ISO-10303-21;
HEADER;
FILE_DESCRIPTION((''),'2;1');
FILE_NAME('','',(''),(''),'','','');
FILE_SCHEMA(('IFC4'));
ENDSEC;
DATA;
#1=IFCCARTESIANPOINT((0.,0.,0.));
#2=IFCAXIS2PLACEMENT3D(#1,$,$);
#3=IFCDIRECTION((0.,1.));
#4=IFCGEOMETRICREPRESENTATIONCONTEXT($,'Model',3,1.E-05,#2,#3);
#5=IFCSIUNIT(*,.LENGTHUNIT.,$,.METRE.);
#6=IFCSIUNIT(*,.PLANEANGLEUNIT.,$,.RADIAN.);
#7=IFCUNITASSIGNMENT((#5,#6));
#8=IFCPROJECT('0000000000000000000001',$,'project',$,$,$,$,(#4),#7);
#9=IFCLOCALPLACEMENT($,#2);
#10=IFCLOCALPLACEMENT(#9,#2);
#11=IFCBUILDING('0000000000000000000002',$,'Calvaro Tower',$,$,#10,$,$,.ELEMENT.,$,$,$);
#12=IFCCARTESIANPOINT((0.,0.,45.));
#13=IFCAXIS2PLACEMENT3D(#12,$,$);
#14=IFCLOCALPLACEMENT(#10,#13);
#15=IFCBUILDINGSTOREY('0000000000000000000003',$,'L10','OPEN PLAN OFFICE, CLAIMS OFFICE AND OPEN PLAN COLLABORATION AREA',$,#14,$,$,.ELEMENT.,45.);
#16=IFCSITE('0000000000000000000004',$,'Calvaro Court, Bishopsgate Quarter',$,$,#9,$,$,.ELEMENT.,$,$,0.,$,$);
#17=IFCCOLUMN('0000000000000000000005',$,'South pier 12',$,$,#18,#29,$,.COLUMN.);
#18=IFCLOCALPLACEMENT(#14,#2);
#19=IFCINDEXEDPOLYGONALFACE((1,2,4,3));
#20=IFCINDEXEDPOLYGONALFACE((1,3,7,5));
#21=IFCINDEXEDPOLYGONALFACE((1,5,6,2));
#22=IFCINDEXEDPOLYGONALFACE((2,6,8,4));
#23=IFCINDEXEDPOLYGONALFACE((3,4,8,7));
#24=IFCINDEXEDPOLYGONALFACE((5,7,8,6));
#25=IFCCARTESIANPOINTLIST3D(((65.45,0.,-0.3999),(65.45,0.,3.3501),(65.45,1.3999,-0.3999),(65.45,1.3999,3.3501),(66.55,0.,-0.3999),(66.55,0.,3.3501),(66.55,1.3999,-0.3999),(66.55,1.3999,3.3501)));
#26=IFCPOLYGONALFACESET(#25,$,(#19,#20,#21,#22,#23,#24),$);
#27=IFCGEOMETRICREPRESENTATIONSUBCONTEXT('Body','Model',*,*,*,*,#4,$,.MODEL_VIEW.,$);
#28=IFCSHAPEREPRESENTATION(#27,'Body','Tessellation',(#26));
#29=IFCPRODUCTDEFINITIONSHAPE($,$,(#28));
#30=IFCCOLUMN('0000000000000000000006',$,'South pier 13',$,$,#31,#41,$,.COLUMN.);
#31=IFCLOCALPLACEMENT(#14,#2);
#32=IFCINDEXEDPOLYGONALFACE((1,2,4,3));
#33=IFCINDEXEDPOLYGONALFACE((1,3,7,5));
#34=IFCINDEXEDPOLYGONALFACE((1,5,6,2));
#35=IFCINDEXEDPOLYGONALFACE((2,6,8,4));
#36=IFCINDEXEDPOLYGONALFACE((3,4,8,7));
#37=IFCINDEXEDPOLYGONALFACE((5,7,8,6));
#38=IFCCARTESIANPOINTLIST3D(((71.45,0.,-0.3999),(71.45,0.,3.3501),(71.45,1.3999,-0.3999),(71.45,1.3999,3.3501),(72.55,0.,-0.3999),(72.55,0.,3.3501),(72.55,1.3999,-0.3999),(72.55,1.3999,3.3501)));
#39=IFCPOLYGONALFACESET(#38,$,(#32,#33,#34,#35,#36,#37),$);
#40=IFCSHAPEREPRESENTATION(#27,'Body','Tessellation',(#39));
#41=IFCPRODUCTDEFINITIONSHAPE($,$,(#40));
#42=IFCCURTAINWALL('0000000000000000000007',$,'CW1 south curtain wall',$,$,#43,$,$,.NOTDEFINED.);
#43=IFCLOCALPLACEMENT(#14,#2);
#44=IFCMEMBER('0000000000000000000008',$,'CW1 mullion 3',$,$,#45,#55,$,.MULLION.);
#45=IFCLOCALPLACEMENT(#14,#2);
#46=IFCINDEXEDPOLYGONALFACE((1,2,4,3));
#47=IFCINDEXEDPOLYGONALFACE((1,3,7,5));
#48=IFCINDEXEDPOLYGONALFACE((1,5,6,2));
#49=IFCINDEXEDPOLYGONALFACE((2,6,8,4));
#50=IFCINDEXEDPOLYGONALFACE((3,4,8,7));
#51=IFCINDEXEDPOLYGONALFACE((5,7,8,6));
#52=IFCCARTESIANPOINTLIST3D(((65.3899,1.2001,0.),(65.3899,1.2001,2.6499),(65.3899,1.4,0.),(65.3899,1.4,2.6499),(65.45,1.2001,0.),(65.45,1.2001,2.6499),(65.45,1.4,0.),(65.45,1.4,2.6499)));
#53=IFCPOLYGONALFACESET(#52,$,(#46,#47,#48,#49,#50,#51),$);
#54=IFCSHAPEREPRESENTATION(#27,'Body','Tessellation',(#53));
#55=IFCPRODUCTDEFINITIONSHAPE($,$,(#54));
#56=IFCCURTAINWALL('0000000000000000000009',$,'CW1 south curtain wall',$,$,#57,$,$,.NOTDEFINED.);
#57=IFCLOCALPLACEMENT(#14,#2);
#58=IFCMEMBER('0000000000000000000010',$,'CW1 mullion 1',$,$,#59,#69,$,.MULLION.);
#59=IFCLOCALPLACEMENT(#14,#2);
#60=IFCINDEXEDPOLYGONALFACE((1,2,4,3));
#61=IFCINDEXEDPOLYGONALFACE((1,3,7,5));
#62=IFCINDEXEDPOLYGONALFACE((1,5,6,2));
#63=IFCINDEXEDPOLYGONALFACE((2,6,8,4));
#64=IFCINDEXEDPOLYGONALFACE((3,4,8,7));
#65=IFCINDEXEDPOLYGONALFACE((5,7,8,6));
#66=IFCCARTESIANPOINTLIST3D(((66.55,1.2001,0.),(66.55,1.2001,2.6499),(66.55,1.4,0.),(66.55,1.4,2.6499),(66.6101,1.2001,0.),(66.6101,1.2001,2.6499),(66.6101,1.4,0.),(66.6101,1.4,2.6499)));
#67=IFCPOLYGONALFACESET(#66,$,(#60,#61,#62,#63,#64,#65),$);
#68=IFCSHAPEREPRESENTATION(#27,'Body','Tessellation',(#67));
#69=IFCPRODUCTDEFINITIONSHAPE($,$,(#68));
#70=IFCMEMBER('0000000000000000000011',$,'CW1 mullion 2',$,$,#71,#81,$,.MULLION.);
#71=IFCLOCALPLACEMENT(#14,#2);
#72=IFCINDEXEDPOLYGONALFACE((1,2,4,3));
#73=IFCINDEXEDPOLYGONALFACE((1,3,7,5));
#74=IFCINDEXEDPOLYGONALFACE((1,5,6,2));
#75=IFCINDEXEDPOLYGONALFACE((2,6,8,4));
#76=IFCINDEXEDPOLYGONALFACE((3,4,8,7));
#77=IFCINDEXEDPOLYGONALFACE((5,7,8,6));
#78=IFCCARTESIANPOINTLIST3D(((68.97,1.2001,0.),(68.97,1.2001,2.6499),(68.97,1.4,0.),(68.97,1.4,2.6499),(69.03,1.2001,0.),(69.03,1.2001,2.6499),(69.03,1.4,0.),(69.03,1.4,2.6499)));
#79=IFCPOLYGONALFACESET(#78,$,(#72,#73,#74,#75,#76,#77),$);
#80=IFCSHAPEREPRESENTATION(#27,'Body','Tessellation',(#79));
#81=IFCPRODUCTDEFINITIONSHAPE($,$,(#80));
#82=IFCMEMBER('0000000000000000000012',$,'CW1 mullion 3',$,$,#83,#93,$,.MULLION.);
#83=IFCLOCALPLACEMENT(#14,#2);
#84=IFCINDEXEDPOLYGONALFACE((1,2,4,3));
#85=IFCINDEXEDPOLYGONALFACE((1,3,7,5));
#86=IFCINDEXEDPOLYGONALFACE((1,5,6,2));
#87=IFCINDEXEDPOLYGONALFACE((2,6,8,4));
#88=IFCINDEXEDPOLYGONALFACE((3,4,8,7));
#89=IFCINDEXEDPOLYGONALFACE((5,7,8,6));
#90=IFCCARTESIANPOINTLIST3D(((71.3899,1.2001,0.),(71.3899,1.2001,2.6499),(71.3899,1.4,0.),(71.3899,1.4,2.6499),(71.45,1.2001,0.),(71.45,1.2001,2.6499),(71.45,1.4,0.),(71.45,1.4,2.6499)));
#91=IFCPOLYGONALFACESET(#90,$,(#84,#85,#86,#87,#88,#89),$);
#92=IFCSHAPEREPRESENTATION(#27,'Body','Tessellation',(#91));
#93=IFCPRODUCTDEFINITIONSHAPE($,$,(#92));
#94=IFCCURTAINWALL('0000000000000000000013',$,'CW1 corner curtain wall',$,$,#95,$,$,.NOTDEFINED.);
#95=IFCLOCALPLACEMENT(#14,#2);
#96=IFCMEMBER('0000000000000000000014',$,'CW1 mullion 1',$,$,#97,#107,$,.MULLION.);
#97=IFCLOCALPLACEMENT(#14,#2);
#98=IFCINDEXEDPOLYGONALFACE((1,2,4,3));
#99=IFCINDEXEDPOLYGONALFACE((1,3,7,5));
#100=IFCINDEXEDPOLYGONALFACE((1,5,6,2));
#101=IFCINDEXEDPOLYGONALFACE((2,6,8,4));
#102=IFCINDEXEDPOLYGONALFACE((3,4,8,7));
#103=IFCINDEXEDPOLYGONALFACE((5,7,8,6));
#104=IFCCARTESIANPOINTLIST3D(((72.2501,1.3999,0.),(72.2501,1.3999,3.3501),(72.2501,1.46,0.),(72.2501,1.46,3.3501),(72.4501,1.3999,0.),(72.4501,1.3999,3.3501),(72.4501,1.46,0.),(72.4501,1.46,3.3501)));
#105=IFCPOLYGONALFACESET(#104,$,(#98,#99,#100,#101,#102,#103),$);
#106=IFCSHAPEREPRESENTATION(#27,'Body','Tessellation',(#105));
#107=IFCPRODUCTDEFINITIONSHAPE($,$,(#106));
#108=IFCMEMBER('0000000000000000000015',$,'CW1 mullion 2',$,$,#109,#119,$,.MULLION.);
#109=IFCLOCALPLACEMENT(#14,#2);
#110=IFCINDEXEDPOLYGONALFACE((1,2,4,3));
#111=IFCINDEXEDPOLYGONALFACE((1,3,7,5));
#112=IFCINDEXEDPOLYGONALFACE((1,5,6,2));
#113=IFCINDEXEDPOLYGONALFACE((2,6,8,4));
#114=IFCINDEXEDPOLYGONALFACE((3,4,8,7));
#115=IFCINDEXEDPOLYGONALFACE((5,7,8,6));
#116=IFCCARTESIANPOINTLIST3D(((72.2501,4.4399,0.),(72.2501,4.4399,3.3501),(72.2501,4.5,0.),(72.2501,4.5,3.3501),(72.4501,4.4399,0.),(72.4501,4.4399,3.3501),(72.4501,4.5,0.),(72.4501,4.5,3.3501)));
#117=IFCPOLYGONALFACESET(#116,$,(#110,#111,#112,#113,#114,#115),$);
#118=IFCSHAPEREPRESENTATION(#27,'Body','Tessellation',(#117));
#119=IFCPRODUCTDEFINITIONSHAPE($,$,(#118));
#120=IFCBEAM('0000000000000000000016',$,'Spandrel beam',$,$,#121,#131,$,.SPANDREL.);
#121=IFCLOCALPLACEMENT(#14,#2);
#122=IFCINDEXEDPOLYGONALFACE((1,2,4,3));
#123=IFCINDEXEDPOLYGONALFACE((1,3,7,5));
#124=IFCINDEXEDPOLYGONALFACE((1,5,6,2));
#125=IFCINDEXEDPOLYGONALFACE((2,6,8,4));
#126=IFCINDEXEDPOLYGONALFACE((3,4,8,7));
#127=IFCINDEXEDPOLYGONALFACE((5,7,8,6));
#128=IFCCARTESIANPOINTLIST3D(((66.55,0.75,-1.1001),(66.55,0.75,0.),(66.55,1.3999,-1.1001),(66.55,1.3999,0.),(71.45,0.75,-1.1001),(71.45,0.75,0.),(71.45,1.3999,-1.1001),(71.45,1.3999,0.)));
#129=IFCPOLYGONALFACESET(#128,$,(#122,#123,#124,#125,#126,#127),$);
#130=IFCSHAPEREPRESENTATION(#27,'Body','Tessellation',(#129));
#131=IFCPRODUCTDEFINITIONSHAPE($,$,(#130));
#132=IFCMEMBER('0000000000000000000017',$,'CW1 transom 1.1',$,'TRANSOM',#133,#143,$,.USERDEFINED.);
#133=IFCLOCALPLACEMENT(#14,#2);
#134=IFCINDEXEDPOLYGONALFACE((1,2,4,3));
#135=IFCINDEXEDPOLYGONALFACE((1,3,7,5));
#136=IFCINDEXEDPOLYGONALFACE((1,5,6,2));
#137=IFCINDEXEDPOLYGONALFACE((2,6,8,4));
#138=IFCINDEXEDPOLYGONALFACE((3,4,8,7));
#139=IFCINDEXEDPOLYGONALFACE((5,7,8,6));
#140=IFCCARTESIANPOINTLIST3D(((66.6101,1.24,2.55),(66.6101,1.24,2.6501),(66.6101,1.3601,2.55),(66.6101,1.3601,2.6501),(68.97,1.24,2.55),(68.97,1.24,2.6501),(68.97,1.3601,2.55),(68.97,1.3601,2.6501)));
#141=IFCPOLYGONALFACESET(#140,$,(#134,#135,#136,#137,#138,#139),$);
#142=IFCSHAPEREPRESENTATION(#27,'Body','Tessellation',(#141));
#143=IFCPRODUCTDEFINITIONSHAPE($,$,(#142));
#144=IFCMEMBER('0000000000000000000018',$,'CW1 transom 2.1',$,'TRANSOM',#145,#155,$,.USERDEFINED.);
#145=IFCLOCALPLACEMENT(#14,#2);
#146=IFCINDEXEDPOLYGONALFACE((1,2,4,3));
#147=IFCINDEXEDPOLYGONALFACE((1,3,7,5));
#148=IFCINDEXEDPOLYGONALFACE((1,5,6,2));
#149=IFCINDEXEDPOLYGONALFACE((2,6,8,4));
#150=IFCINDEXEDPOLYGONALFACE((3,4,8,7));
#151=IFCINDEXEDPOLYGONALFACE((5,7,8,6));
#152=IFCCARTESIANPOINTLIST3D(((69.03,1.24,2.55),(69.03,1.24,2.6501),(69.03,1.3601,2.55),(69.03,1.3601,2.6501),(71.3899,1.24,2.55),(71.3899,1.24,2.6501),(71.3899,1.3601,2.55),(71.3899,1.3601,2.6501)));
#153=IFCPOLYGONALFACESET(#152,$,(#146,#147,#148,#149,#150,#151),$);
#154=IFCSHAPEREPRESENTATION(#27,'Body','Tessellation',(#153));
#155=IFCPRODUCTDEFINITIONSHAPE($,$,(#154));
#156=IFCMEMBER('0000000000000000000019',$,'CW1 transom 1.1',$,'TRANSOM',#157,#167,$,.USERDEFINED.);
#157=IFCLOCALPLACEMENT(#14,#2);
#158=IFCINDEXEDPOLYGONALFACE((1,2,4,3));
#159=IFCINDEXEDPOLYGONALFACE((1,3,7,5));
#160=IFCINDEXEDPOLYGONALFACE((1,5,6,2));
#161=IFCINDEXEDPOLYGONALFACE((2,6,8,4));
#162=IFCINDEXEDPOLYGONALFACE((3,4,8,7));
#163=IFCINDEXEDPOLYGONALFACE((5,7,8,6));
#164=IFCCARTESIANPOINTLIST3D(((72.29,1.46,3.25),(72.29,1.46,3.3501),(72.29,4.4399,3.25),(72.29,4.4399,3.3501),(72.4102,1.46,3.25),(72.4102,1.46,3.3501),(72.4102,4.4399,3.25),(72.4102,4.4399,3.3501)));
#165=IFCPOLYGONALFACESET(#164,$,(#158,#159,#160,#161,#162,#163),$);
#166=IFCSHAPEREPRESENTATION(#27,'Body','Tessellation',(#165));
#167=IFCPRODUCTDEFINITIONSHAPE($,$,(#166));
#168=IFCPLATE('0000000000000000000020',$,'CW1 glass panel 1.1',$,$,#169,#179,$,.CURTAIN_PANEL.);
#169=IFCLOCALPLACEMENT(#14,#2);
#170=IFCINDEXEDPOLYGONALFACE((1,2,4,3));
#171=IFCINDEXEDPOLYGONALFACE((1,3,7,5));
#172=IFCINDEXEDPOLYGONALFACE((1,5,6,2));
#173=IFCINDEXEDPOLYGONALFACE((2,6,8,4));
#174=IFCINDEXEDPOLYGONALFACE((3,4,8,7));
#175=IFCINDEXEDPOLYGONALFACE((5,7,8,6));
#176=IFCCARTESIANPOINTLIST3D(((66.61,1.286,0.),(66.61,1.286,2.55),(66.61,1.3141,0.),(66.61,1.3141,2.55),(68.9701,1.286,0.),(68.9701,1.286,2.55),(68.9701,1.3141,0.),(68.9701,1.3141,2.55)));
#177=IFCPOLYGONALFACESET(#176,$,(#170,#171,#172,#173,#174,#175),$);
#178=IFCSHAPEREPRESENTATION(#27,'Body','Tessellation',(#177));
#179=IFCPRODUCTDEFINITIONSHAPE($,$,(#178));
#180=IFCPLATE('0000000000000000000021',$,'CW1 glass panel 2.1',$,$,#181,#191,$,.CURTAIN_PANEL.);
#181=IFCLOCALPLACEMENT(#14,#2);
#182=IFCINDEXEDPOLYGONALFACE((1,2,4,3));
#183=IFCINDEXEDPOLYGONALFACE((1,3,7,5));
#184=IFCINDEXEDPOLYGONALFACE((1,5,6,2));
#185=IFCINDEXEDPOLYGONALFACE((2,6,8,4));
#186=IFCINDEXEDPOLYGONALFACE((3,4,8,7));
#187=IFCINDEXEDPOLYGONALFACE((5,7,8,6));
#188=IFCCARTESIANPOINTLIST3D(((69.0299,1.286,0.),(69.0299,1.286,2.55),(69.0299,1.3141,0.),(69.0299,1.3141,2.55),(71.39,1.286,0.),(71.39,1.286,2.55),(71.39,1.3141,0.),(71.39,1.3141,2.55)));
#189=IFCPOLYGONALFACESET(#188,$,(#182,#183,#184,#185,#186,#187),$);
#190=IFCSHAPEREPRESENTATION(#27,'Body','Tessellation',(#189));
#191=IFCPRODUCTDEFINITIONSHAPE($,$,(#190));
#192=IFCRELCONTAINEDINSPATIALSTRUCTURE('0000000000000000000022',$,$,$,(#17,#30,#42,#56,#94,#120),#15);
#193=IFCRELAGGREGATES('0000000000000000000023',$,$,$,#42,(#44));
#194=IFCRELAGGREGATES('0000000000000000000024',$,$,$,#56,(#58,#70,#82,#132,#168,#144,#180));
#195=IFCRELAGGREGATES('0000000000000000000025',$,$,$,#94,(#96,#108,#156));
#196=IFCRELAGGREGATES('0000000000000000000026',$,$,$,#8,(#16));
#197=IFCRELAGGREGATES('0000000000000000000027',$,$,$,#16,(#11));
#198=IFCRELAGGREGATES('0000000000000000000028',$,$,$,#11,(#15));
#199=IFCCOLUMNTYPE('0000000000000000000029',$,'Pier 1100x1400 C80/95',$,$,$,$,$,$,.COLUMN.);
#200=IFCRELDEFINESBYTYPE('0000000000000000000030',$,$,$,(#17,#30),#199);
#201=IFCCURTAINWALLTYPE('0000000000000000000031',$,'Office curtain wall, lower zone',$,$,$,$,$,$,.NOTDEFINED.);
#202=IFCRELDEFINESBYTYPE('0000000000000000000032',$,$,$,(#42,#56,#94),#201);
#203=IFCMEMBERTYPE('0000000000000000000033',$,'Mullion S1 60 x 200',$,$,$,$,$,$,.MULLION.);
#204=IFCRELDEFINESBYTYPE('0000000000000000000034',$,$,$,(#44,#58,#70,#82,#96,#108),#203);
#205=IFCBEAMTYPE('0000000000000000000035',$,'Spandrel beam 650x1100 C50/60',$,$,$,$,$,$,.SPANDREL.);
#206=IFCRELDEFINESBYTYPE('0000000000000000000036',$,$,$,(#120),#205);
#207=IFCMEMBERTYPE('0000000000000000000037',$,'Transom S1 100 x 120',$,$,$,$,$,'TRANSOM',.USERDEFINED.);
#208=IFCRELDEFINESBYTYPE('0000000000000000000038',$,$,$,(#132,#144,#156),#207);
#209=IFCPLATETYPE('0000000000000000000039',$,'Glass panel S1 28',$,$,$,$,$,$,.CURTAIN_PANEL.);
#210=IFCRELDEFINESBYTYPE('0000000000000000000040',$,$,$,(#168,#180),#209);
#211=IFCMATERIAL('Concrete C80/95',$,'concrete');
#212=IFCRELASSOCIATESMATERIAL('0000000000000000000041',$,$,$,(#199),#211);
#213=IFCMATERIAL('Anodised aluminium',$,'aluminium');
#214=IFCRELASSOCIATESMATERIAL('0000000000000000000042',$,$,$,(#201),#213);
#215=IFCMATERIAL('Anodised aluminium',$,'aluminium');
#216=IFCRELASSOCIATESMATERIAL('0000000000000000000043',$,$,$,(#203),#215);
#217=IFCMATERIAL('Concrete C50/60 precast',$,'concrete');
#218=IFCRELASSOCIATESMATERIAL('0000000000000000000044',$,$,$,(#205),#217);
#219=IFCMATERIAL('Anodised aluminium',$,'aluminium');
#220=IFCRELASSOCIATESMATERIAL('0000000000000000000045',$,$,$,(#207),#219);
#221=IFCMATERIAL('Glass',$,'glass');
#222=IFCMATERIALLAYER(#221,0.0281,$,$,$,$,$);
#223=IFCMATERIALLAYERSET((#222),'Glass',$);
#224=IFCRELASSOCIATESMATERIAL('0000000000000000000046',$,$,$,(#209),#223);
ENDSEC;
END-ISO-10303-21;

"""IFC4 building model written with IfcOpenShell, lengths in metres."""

from ifc_helpers import new_model, si_unit, direction, frame, origin, origin_2d, place, context, subcontext, project, spatial, rectangle, extrude, material, layer, layer_set, material_profile, profile_set, type_object, element, aggregate, save


model = new_model("IFC4")

# Units and contexts
model_context = context("Model", 3, precision=1e-05, world=origin(), true_north=direction((0.0, 1.0)))
body_context = subcontext(model_context, "Body", "Model", "MODEL_VIEW")
ifc_project = project(units=[si_unit("LENGTHUNIT", "METRE"), si_unit("PLANEANGLEUNIT", "RADIAN")], contexts=[model_context])

# Site, building, storey
site_placement = place(None, origin())
site = spatial("IfcSite", under=ifc_project, at=site_placement, Name="Calvaro Court, Bishopsgate Quarter", CompositionType="ELEMENT", RefElevation=0.0)
building_placement = place(site_placement, origin())
building = spatial("IfcBuilding", under=site, at=building_placement, Name="Calvaro Tower", CompositionType="ELEMENT")
storey_placement = place(building_placement, frame((0.0, 0.0, 45.0)))
storey = spatial("IfcBuildingStorey", under=building, at=storey_placement, Name="L10", Description="OPEN PLAN OFFICE, CLAIMS OFFICE AND OPEN PLAN COLLABORATION AREA", CompositionType="ELEMENT", Elevation=45.0)

# Columns
ifc_material_1 = material(Name="Concrete C80/95", Category="concrete")
ifc_material_profile_1 = material_profile(ifc_material_1, rectangle(XDim=1.1001, YDim=1.3999, at=origin_2d()), Name="RC 1100x1400")
ifc_profile_set_1 = profile_set([ifc_material_profile_1], Name="Concrete C80/95")
column_type = type_object("IfcColumnType", Name="Pier 1100x1400 C80/95", PredefinedType="COLUMN", material=ifc_profile_set_1)
for number, where, z_axis, x_axis, name in (
    (1, (66.0, 0.7, -0.3999), (0.0, 0.0, 1.0), (1.0, 0.0, 0.0), "South pier 12"),
    (2, (72.0, 0.7, -0.3999), (0.0, 0.0, 1.0), (1.0, 0.0, 0.0), "South pier 13"),
):
    element("IfcColumn", number, at=place(storey_placement, frame(where, z_axis=z_axis, x_axis=x_axis)), inside=storey, type_object=column_type, Name=name, PredefinedType="COLUMN", context=body_context, shape_type="SweptSolid", body=[
        extrude(rectangle(XDim=1.1001, YDim=1.3999, at=origin_2d()), origin(), (0.0, 0.0, 1.0), 3.75),
    ])

# Curtain wall, member
ifc_material_2 = material(Name="Anodised aluminium", Category="aluminium")
curtain_wall_type = type_object("IfcCurtainWallType", Name="Office curtain wall, lower zone", PredefinedType="NOTDEFINED", material=ifc_material_2)
curtain_wall_1_placement = place(storey_placement, origin())
curtain_wall_1 = element("IfcCurtainWall", 3, at=curtain_wall_1_placement, inside=storey, type_object=curtain_wall_type, Name="CW1 south curtain wall", PredefinedType="NOTDEFINED")
ifc_material_3 = material(Name="Anodised aluminium", Category="aluminium")
ifc_material_profile_2 = material_profile(ifc_material_3, rectangle(XDim=0.2, YDim=0.0601, at=origin_2d()), Name="Mullion S1 60 x 200")
ifc_profile_set_2 = profile_set([ifc_material_profile_2], Name="Anodised aluminium")
member_type_1 = type_object("IfcMemberType", Name="Mullion S1 60 x 200", PredefinedType="MULLION", material=ifc_profile_set_2)
member_1_placement = place(storey_placement, frame((65.4199, 1.3, 0.0), z_axis=(0.0, 0.0, 1.0), x_axis=(0.0, 1.0, 0.0)))
member_1 = element("IfcMember", 4, at=member_1_placement, type_object=member_type_1, Name="CW1 mullion 3", PredefinedType="MULLION", context=body_context, shape_type="SweptSolid", body=[
    extrude(rectangle(XDim=0.2, YDim=0.0601, at=origin_2d()), origin(), (0.0, 0.0, 1.0), 2.6499),
])
aggregate(curtain_wall_1, [member_1])

# Curtain walls, members
curtain_wall_2_placement = place(storey_placement, origin())
curtain_wall_2 = element("IfcCurtainWall", 5, at=curtain_wall_2_placement, inside=storey, type_object=curtain_wall_type, Name="CW1 south curtain wall", PredefinedType="NOTDEFINED")
member_2_placement = place(storey_placement, frame((66.5801, 1.3, 0.0), z_axis=(0.0, 0.0, 1.0), x_axis=(0.0, 1.0, 0.0)))
member_2 = element("IfcMember", 6, at=member_2_placement, type_object=member_type_1, Name="CW1 mullion 1", PredefinedType="MULLION", context=body_context, shape_type="SweptSolid", body=[
    extrude(rectangle(XDim=0.2, YDim=0.0601, at=origin_2d()), origin(), (0.0, 0.0, 1.0), 2.6499),
])
member_3_placement = place(storey_placement, frame((69.0, 1.3, 0.0), z_axis=(0.0, 0.0, 1.0), x_axis=(0.0, 1.0, 0.0)))
member_3 = element("IfcMember", 7, at=member_3_placement, type_object=member_type_1, Name="CW1 mullion 2", PredefinedType="MULLION", context=body_context, shape_type="SweptSolid", body=[
    extrude(rectangle(XDim=0.2, YDim=0.0601, at=origin_2d()), origin(), (0.0, 0.0, 1.0), 2.6499),
])
member_4_placement = place(storey_placement, frame((71.4199, 1.3, 0.0), z_axis=(0.0, 0.0, 1.0), x_axis=(0.0, 1.0, 0.0)))
member_4 = element("IfcMember", 8, at=member_4_placement, type_object=member_type_1, Name="CW1 mullion 3", PredefinedType="MULLION", context=body_context, shape_type="SweptSolid", body=[
    extrude(rectangle(XDim=0.2, YDim=0.0601, at=origin_2d()), origin(), (0.0, 0.0, 1.0), 2.6499),
])
curtain_wall_3_placement = place(storey_placement, origin())
curtain_wall_3 = element("IfcCurtainWall", 9, at=curtain_wall_3_placement, inside=storey, type_object=curtain_wall_type, Name="CW1 corner curtain wall", PredefinedType="NOTDEFINED")
member_5_placement = place(storey_placement, frame((72.3501, 1.4299, 0.0), z_axis=(0.0, 0.0, 1.0), x_axis=(-1.0, 0.0, 0.0)))
member_5 = element("IfcMember", 10, at=member_5_placement, type_object=member_type_1, Name="CW1 mullion 1", PredefinedType="MULLION", context=body_context, shape_type="SweptSolid", body=[
    extrude(rectangle(XDim=0.2, YDim=0.0601, at=origin_2d()), origin(), (0.0, 0.0, 1.0), 3.3501),
])
member_6_placement = place(storey_placement, frame((72.3501, 4.47, 0.0), z_axis=(0.0, 0.0, 1.0), x_axis=(-1.0, 0.0, 0.0)))
member_6 = element("IfcMember", 11, at=member_6_placement, type_object=member_type_1, Name="CW1 mullion 2", PredefinedType="MULLION", context=body_context, shape_type="SweptSolid", body=[
    extrude(rectangle(XDim=0.2, YDim=0.0601, at=origin_2d()), origin(), (0.0, 0.0, 1.0), 3.3501),
])

# Beam
ifc_material_4 = material(Name="Concrete C50/60 precast", Category="concrete")
ifc_material_profile_3 = material_profile(ifc_material_4, rectangle(XDim=0.6499, YDim=1.1001, at=origin_2d()), Name="RC 650x1100")
ifc_profile_set_3 = profile_set([ifc_material_profile_3], Name="Concrete C50/60 precast")
beam_type = type_object("IfcBeamType", Name="Spandrel beam 650x1100 C50/60", PredefinedType="SPANDREL", material=ifc_profile_set_3)
beam_placement = place(storey_placement, frame((66.55, 1.075, -0.55), z_axis=(1.0, 0.0, 0.0), x_axis=(0.0, 1.0, 0.0)))
element("IfcBeam", 12, at=beam_placement, inside=storey, type_object=beam_type, Name="Spandrel beam", PredefinedType="SPANDREL", context=body_context, shape_type="SweptSolid", body=[
    extrude(rectangle(XDim=0.6499, YDim=1.1001, at=origin_2d()), origin(), (0.0, 0.0, 1.0), 4.8999),
])

# Members
ifc_material_5 = material(Name="Anodised aluminium", Category="aluminium")
ifc_material_profile_4 = material_profile(ifc_material_5, rectangle(XDim=0.1201, YDim=0.1001, at=origin_2d()), Name="Transom S1 100 x 120")
ifc_profile_set_4 = profile_set([ifc_material_profile_4], Name="Anodised aluminium")
member_type_2 = type_object("IfcMemberType", Name="Transom S1 100 x 120", ElementType="TRANSOM", PredefinedType="USERDEFINED", material=ifc_profile_set_4)
member_7_placement = place(storey_placement, frame((66.6101, 1.3, 2.6001), z_axis=(1.0, 0.0, 0.0), x_axis=(0.0, 1.0, 0.0)))
member_7 = element("IfcMember", 13, at=member_7_placement, type_object=member_type_2, Name="CW1 transom 1.1", ObjectType="TRANSOM", PredefinedType="USERDEFINED", context=body_context, shape_type="SweptSolid", body=[
    extrude(rectangle(XDim=0.1201, YDim=0.1001, at=origin_2d()), origin(), (0.0, 0.0, 1.0), 2.3599),
])
member_8_placement = place(storey_placement, frame((69.03, 1.3, 2.6001), z_axis=(1.0, 0.0, 0.0), x_axis=(0.0, 1.0, 0.0)))
member_8 = element("IfcMember", 14, at=member_8_placement, type_object=member_type_2, Name="CW1 transom 2.1", ObjectType="TRANSOM", PredefinedType="USERDEFINED", context=body_context, shape_type="SweptSolid", body=[
    extrude(rectangle(XDim=0.1201, YDim=0.1001, at=origin_2d()), origin(), (0.0, 0.0, 1.0), 2.3599),
])
member_9_placement = place(storey_placement, frame((72.3501, 1.46, 3.3), z_axis=(0.0, 1.0, 0.0), x_axis=(-1.0, 0.0, 0.0)))
member_9 = element("IfcMember", 15, at=member_9_placement, type_object=member_type_2, Name="CW1 transom 1.1", ObjectType="TRANSOM", PredefinedType="USERDEFINED", context=body_context, shape_type="SweptSolid", body=[
    extrude(rectangle(XDim=0.1201, YDim=0.1001, at=origin_2d()), origin(), (0.0, 0.0, 1.0), 2.98),
])

# Plates
ifc_material_6 = material(Name="Glass", Category="glass")
ifc_layer_1 = layer(ifc_material_6, 0.0281)
ifc_layer_set_1 = layer_set([ifc_layer_1], Name="Glass")
plate_type = type_object("IfcPlateType", Name="Glass panel S1 28", PredefinedType="CURTAIN_PANEL", material=ifc_layer_set_1)
plate_1_placement = place(storey_placement, frame((67.79, 1.3, 0.0), z_axis=(0.0, 0.0, 1.0), x_axis=(1.0, 0.0, 0.0)))
plate_1 = element("IfcPlate", 16, at=plate_1_placement, type_object=plate_type, Name="CW1 glass panel 1.1", PredefinedType="CURTAIN_PANEL", context=body_context, shape_type="SweptSolid", body=[
    extrude(rectangle(XDim=2.3601, YDim=0.0281, at=origin_2d()), origin(), (0.0, 0.0, 1.0), 2.55),
])
plate_2_placement = place(storey_placement, frame((70.21, 1.3, 0.0), z_axis=(0.0, 0.0, 1.0), x_axis=(1.0, 0.0, 0.0)))
plate_2 = element("IfcPlate", 17, at=plate_2_placement, type_object=plate_type, Name="CW1 glass panel 2.1", PredefinedType="CURTAIN_PANEL", context=body_context, shape_type="SweptSolid", body=[
    extrude(rectangle(XDim=2.3601, YDim=0.0281, at=origin_2d()), origin(), (0.0, 0.0, 1.0), 2.55),
])
aggregate(curtain_wall_2, [member_2, member_3, member_4, member_7, plate_1, member_8, plate_2])
aggregate(curtain_wall_3, [member_5, member_6, member_9])

save(model, "model.ifc")
